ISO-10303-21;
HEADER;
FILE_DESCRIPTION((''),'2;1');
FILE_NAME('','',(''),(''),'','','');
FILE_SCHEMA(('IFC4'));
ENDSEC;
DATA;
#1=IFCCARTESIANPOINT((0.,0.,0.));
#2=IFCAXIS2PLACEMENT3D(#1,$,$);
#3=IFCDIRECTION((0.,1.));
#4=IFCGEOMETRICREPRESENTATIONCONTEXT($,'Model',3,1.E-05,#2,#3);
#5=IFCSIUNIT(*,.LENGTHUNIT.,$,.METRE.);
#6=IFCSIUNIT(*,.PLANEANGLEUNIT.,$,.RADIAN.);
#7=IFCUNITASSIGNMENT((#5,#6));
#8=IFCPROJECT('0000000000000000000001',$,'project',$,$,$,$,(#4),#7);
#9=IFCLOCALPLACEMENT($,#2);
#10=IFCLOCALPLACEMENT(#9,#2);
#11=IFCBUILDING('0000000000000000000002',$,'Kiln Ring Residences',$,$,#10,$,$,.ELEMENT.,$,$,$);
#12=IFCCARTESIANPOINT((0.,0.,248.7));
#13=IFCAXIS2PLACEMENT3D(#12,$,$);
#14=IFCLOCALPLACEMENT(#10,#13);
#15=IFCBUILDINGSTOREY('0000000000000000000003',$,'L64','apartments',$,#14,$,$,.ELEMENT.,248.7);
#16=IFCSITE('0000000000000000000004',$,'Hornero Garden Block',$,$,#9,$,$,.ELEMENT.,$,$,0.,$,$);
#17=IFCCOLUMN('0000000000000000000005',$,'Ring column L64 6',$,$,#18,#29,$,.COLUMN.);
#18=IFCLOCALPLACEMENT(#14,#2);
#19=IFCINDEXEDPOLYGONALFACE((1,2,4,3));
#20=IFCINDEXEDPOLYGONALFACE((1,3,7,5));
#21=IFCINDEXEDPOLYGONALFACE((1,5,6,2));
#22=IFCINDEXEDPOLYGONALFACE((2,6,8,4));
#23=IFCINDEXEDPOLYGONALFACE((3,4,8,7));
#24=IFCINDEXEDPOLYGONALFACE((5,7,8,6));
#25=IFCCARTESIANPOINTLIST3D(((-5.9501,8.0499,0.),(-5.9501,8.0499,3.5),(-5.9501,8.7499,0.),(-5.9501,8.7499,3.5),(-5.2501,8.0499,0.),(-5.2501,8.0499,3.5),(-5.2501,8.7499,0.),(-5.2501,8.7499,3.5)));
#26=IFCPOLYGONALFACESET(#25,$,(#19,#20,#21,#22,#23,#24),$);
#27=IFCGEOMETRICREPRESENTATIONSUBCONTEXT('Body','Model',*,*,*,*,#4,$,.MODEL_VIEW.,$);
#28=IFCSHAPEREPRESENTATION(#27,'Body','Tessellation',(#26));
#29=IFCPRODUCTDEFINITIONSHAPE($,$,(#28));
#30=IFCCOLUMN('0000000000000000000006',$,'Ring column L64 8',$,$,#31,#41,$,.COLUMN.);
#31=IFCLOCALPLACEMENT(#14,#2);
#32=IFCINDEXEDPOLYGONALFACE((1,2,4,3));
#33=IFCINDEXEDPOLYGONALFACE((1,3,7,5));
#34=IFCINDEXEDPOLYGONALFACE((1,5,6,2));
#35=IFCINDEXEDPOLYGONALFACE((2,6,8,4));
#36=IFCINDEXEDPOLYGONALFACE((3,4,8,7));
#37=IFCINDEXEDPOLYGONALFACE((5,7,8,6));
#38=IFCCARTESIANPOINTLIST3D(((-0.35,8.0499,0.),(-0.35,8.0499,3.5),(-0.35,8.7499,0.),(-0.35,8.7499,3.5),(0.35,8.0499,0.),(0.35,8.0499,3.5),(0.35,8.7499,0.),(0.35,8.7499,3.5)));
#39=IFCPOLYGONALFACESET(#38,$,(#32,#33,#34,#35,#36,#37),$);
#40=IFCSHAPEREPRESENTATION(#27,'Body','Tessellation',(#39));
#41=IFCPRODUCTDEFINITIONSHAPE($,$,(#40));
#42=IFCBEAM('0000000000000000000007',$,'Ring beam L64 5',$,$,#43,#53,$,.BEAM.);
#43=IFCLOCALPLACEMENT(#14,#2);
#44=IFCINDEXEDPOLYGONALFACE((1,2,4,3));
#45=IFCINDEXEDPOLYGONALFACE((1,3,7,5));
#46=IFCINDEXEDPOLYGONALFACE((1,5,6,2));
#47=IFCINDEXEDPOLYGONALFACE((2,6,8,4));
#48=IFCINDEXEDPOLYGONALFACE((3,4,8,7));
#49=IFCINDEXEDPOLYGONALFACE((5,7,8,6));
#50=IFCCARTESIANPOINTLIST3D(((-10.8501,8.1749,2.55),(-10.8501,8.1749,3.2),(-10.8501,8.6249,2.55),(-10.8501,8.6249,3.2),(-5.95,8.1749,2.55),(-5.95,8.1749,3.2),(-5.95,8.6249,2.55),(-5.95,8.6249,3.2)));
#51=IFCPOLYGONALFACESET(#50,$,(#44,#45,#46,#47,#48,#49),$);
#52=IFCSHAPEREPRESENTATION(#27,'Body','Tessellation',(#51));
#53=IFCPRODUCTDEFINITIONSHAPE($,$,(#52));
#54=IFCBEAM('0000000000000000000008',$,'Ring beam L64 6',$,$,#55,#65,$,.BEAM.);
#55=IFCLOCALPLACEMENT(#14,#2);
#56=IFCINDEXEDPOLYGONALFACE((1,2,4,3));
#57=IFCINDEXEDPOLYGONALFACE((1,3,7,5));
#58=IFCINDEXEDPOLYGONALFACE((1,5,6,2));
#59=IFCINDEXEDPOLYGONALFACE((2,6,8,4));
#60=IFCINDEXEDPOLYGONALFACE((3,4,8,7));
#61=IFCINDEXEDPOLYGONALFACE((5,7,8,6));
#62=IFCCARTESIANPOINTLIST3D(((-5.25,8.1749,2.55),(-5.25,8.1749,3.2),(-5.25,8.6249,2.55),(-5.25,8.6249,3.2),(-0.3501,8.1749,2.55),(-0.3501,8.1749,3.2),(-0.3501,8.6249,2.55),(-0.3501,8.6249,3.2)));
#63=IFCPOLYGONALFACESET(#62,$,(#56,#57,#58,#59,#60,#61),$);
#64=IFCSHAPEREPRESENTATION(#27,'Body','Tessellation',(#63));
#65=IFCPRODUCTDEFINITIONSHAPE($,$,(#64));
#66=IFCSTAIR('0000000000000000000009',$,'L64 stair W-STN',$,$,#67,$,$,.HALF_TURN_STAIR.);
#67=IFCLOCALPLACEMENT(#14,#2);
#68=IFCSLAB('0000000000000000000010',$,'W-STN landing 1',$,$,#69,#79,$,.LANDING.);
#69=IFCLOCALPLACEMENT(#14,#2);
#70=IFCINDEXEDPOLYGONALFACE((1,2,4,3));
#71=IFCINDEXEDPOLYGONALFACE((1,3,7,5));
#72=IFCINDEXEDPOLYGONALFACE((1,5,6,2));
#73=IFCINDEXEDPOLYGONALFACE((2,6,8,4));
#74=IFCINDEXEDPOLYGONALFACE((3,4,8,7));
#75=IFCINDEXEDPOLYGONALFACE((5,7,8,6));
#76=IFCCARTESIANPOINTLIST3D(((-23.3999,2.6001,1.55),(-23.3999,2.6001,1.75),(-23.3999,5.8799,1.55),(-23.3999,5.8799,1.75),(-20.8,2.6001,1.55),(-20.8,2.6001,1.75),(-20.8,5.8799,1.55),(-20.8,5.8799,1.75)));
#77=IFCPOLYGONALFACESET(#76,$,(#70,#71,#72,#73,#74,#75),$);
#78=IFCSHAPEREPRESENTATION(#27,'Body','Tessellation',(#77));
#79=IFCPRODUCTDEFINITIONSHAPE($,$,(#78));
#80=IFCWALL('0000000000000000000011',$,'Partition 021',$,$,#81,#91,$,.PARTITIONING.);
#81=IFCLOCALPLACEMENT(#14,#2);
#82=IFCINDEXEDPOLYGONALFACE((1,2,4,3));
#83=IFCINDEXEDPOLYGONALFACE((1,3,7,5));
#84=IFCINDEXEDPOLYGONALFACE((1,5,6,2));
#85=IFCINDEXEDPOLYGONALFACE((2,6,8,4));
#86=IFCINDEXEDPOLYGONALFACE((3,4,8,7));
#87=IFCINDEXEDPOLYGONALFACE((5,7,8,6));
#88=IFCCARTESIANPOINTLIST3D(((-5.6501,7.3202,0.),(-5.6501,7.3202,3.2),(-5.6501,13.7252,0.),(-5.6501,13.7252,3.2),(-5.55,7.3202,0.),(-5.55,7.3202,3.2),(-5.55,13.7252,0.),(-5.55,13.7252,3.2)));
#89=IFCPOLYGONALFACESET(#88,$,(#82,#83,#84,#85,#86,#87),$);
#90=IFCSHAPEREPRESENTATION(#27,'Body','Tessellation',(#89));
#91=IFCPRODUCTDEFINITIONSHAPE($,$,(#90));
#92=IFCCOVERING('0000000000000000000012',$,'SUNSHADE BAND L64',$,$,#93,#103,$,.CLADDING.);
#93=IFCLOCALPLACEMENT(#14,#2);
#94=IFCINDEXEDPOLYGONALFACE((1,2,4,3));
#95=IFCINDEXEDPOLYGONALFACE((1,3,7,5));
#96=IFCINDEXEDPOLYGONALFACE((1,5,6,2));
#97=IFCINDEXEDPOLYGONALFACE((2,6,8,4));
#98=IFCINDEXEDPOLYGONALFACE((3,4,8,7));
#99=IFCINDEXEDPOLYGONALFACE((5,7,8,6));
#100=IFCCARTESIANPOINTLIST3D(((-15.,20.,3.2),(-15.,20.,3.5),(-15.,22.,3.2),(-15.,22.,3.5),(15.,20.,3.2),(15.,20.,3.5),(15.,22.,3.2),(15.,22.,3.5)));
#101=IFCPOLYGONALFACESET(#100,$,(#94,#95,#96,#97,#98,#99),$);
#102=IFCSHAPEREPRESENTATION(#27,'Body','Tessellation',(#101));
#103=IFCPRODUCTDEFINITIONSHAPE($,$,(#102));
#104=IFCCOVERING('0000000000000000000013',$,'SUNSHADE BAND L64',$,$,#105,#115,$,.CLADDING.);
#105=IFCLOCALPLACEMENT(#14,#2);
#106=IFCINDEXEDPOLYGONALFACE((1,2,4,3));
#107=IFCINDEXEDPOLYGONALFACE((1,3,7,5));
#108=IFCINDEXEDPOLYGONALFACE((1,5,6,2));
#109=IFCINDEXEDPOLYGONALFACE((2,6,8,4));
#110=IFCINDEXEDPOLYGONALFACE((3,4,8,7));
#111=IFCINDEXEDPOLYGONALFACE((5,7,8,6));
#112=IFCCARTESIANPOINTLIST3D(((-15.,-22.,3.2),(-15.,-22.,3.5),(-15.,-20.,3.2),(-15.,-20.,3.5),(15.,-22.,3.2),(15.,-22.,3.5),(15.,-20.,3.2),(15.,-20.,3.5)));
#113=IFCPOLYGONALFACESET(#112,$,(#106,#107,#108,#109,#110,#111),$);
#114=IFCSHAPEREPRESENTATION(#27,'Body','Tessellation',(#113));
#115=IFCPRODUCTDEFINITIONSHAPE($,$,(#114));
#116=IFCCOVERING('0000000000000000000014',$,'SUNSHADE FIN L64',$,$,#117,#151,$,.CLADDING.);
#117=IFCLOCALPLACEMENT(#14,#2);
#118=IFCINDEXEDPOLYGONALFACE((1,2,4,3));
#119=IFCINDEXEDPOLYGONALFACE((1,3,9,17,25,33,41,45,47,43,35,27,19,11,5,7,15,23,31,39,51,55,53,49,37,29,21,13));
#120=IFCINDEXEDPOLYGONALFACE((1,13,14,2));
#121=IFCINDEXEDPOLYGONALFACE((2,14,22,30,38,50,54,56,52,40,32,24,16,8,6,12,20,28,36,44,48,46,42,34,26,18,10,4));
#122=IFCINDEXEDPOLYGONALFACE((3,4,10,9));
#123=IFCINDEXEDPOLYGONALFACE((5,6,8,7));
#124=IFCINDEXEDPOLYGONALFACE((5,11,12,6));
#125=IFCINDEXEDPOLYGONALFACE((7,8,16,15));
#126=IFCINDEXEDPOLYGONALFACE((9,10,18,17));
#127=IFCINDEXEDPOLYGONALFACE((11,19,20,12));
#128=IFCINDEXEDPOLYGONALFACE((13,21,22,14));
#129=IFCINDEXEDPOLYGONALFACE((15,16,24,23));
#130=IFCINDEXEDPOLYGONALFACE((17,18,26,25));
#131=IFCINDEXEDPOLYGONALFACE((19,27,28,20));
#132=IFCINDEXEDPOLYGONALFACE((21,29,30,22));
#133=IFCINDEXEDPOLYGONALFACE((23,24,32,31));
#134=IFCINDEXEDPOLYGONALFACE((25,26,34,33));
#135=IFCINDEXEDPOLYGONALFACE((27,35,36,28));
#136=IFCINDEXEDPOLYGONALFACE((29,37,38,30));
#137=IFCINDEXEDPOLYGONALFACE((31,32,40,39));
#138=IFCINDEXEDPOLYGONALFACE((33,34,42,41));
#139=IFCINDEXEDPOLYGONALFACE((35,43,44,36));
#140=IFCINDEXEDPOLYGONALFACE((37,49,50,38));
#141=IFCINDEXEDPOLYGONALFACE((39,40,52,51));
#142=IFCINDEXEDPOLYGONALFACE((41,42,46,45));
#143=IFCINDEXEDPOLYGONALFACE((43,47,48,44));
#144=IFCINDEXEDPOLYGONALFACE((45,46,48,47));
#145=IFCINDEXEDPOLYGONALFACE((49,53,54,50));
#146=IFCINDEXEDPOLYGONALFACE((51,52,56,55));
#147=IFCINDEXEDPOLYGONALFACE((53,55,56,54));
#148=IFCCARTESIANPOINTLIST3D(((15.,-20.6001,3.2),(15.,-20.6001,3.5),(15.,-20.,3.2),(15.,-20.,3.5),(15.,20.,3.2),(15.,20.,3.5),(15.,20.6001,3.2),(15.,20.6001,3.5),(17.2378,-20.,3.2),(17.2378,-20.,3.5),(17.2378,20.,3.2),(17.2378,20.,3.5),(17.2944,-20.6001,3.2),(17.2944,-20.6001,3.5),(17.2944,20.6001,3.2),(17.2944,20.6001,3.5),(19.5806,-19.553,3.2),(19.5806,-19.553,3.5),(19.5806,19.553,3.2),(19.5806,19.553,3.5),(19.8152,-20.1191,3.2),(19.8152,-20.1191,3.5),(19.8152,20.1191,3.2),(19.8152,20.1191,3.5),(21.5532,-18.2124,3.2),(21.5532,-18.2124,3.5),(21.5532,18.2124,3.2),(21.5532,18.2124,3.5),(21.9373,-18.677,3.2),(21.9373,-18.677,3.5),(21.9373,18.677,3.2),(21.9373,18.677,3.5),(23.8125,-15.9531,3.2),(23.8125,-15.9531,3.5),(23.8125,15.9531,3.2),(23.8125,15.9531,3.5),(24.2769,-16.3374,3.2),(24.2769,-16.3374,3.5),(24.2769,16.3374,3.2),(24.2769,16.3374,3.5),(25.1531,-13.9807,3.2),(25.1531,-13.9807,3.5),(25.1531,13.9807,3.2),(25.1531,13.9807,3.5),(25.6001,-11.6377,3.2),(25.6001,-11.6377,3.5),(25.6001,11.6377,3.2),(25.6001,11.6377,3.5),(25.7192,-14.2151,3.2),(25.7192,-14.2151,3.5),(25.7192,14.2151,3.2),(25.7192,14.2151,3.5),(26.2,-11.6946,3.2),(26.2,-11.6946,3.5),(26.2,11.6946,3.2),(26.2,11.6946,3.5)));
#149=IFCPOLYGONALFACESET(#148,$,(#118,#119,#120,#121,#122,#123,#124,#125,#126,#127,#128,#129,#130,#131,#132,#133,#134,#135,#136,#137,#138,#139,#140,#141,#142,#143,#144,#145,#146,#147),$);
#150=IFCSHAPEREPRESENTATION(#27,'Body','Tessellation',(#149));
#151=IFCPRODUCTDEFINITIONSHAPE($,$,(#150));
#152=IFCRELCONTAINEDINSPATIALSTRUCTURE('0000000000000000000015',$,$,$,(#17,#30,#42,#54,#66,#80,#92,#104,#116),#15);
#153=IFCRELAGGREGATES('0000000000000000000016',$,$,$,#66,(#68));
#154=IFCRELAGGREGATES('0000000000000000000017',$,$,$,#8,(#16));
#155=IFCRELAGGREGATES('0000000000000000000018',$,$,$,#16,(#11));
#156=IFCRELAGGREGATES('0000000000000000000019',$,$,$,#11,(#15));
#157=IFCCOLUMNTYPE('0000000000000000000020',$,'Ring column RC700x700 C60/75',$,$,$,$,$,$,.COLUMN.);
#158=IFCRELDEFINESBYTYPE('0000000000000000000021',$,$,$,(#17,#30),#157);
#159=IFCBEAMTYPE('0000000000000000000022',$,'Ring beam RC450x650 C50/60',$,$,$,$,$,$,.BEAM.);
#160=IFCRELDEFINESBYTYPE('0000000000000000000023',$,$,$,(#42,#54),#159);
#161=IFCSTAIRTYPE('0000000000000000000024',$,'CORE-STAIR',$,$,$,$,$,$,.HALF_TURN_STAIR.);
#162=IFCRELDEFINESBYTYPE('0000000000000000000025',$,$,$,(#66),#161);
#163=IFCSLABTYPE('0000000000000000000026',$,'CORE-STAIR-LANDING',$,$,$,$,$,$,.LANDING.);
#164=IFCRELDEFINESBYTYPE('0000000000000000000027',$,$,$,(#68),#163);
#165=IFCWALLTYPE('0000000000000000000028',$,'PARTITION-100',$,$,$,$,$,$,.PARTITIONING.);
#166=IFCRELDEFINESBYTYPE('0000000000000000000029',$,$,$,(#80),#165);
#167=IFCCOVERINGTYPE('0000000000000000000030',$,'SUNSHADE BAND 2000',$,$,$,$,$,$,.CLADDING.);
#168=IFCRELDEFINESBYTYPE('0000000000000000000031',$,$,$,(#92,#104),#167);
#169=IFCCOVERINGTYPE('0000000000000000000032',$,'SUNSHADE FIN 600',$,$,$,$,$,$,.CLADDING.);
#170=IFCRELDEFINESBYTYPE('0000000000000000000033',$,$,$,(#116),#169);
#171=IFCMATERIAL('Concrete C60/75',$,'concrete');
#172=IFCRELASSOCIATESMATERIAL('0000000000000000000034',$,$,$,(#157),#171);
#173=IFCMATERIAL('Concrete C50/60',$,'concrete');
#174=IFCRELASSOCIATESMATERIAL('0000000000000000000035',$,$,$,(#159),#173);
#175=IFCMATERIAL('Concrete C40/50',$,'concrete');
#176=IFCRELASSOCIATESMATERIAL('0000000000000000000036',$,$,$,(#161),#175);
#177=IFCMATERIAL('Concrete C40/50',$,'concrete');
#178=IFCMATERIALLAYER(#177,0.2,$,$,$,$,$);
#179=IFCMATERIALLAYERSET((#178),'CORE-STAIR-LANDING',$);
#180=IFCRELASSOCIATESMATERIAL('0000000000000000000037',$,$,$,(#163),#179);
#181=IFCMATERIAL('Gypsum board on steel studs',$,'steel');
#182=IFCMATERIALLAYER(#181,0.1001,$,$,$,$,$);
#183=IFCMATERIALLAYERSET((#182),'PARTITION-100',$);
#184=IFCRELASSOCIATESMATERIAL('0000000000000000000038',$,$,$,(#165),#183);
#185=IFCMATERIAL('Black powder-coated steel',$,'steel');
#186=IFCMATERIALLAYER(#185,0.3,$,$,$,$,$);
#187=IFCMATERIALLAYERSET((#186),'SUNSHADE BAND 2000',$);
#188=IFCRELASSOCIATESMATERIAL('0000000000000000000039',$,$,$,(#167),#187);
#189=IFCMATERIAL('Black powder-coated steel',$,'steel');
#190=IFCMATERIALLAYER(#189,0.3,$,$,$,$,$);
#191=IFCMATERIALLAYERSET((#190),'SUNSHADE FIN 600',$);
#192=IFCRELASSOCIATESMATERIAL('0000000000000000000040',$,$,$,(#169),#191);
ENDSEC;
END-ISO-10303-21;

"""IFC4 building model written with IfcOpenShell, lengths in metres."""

from ifc_helpers import new_model, si_unit, direction, frame, frame_2d, origin, origin_2d, place, context, subcontext, project, spatial, polyline, rectangle, outline, extrude, material, layer, layer_set, material_profile, profile_set, type_object, element, aggregate, save


model = new_model("IFC4")

# Units and contexts
model_context = context("Model", 3, precision=1e-05, world=origin(), true_north=direction((0.0, 1.0)))
body_context = subcontext(model_context, "Body", "Model", "MODEL_VIEW")
ifc_project = project(units=[si_unit("LENGTHUNIT", "METRE"), si_unit("PLANEANGLEUNIT", "RADIAN")], contexts=[model_context])

# Site, building, storey
site_placement = place(None, origin())
site = spatial("IfcSite", under=ifc_project, at=site_placement, Name="Hornero Garden Block", CompositionType="ELEMENT", RefElevation=0.0)
building_placement = place(site_placement, origin())
building = spatial("IfcBuilding", under=site, at=building_placement, Name="Kiln Ring Residences", CompositionType="ELEMENT")
storey_placement = place(building_placement, frame((0.0, 0.0, 248.7)))
storey = spatial("IfcBuildingStorey", under=building, at=storey_placement, Name="L64", Description="apartments", CompositionType="ELEMENT", Elevation=248.7)

# Columns
ifc_material_1 = material(Name="Concrete C60/75", Category="concrete")
ifc_material_profile_1 = material_profile(ifc_material_1, rectangle(XDim=0.7, YDim=0.7, at=origin_2d()), Name="RC700x700")
ifc_profile_set_1 = profile_set([ifc_material_profile_1], Name="Concrete C60/75")
column_type = type_object("IfcColumnType", Name="Ring column RC700x700 C60/75", PredefinedType="COLUMN", material=ifc_profile_set_1)
for number, where, z_axis, x_axis, name in (
    (1, (-5.6001, 8.3999, 0.0), (0.0, 0.0, 1.0), (1.0, 0.0, 0.0), "Ring column L64 6"),
    (2, (0.0, 8.3999, 0.0), (0.0, 0.0, 1.0), (1.0, 0.0, 0.0), "Ring column L64 8"),
):
    element("IfcColumn", number, at=place(storey_placement, frame(where, z_axis=z_axis, x_axis=x_axis)), inside=storey, type_object=column_type, Name=name, PredefinedType="COLUMN", context=body_context, shape_type="SweptSolid", body=[
        extrude(rectangle(XDim=0.7, YDim=0.7, at=origin_2d()), origin(), (0.0, 0.0, 1.0), 3.5),
    ])

# Beams
ifc_material_2 = material(Name="Concrete C50/60", Category="concrete")
ifc_material_profile_2 = material_profile(ifc_material_2, rectangle(XDim=0.45, YDim=0.6499, at=origin_2d()), Name="RC450x650")
ifc_profile_set_2 = profile_set([ifc_material_profile_2], Name="Concrete C50/60")
beam_type = type_object("IfcBeamType", Name="Ring beam RC450x650 C50/60", PredefinedType="BEAM", material=ifc_profile_set_2)
beam_1_placement = place(storey_placement, frame((-10.8501, 8.3999, 2.875), z_axis=(1.0, 0.0, 0.0), x_axis=(0.0, 1.0, 0.0)))
element("IfcBeam", 3, at=beam_1_placement, inside=storey, type_object=beam_type, Name="Ring beam L64 5", PredefinedType="BEAM", context=body_context, shape_type="SweptSolid", body=[
    extrude(rectangle(XDim=0.45, YDim=0.6499, at=origin_2d()), origin(), (0.0, 0.0, 1.0), 4.9001),
])
beam_2_placement = place(storey_placement, frame((-5.25, 8.3999, 2.875), z_axis=(1.0, 0.0, 0.0), x_axis=(0.0, 1.0, 0.0)))
element("IfcBeam", 4, at=beam_2_placement, inside=storey, type_object=beam_type, Name="Ring beam L64 6", PredefinedType="BEAM", context=body_context, shape_type="SweptSolid", body=[
    extrude(rectangle(XDim=0.45, YDim=0.6499, at=origin_2d()), origin(), (0.0, 0.0, 1.0), 4.8999),
])

# Stair, slab
ifc_material_3 = material(Name="Concrete C40/50", Category="concrete")
stair_type = type_object("IfcStairType", Name="CORE-STAIR", PredefinedType="HALF_TURN_STAIR", material=ifc_material_3)
stair_placement = place(storey_placement, origin())
stair = element("IfcStair", 5, at=stair_placement, inside=storey, type_object=stair_type, Name="L64 stair W-STN", PredefinedType="HALF_TURN_STAIR")
ifc_material_4 = material(Name="Concrete C40/50", Category="concrete")
ifc_layer_1 = layer(ifc_material_4, 0.2)
ifc_layer_set_1 = layer_set([ifc_layer_1], Name="CORE-STAIR-LANDING")
slab_type = type_object("IfcSlabType", Name="CORE-STAIR-LANDING", PredefinedType="LANDING", material=ifc_layer_set_1)
slab_placement = place(storey_placement, frame((0.0, 0.0, 1.55)))
slab = element("IfcSlab", 6, at=slab_placement, type_object=slab_type, Name="W-STN landing 1", PredefinedType="LANDING", context=body_context, shape_type="SweptSolid", body=[
    extrude(outline(polyline([(-23.3999, 5.8799), (-23.3999, 2.6001), (-20.8, 2.6001), (-20.8, 5.8799), (-23.3999, 5.8799)])), origin(), (0.0, 0.0, 1.0), 0.2),
])
aggregate(stair, [slab])

# Wall
ifc_material_5 = material(Name="Gypsum board on steel studs", Category="steel")
ifc_layer_2 = layer(ifc_material_5, 0.1001)
ifc_layer_set_2 = layer_set([ifc_layer_2], Name="PARTITION-100")
wall_type = type_object("IfcWallType", Name="PARTITION-100", PredefinedType="PARTITIONING", material=ifc_layer_set_2)
wall_placement = place(storey_placement, frame((-5.6001, 7.3201, 0.0), z_axis=(0.0, 0.0, 1.0), x_axis=(0.0, 1.0, 0.0)))
element("IfcWall", 7, at=wall_placement, inside=storey, type_object=wall_type, Name="Partition 021", PredefinedType="PARTITIONING", context=body_context, shape_type="SweptSolid", body=[
    extrude(rectangle(XDim=6.405, YDim=0.1001, at=frame_2d((3.2026, 0.0))), origin(), (0.0, 0.0, 1.0), 3.2),
])

# Coverings
ifc_material_6 = material(Name="Black powder-coated steel", Category="steel")
ifc_layer_3 = layer(ifc_material_6, 0.3)
ifc_layer_set_3 = layer_set([ifc_layer_3], Name="SUNSHADE BAND 2000")
covering_type_1 = type_object("IfcCoveringType", Name="SUNSHADE BAND 2000", PredefinedType="CLADDING", material=ifc_layer_set_3)
placement = place(storey_placement, frame((0.0, 0.0, 3.2)))
element("IfcCovering", 8, at=placement, inside=storey, type_object=covering_type_1, Name="SUNSHADE BAND L64", PredefinedType="CLADDING", context=body_context, shape_type="SweptSolid", body=[
    extrude(outline(polyline([(15.0, 22.0), (-15.0, 22.0), (-15.0, 20.0), (15.0, 20.0), (15.0, 22.0)])), origin(), (0.0, 0.0, 1.0), 0.3),
])
element("IfcCovering", 9, at=placement, inside=storey, type_object=covering_type_1, Name="SUNSHADE BAND L64", PredefinedType="CLADDING", context=body_context, shape_type="SweptSolid", body=[
    extrude(outline(polyline([(-15.0, -22.0), (15.0, -22.0), (15.0, -20.0), (-15.0, -20.0), (-15.0, -22.0)])), origin(), (0.0, 0.0, 1.0), 0.3),
])
ifc_material_7 = material(Name="Black powder-coated steel", Category="steel")
ifc_layer_4 = layer(ifc_material_7, 0.3)
ifc_layer_set_4 = layer_set([ifc_layer_4], Name="SUNSHADE FIN 600")
covering_type_2 = type_object("IfcCoveringType", Name="SUNSHADE FIN 600", PredefinedType="CLADDING", material=ifc_layer_set_4)
element("IfcCovering", 10, at=placement, inside=storey, type_object=covering_type_2, Name="SUNSHADE FIN L64", PredefinedType="CLADDING", context=body_context, shape_type="SweptSolid", body=[
    extrude(outline(polyline([(17.2944, 20.6001), (15.0, 20.6001), (15.0, 20.0), (17.2378, 20.0), (19.5806, 19.553), (21.5532, 18.2124), (23.8125, 15.9531), (25.1531, 13.9807), (25.6001, 11.6377), (25.6001, -11.6377), (25.1531, -13.9807), (23.8125, -15.9531), (21.5532, -18.2124), (19.5806, -19.553), (17.2378, -20.0), (15.0, -20.0), (15.0, -20.6001), (17.2944, -20.6001), (19.8152, -20.1191), (21.9373, -18.677), (24.2769, -16.3374), (25.7192, -14.2151), (26.2, -11.6946), (26.2, 11.6946), (25.7192, 14.2151), (24.2769, 16.3374), (21.9373, 18.677), (19.8152, 20.1191), (17.2944, 20.6001)])), origin(), (0.0, 0.0, 1.0), 0.3),
])

save(model, "model.ifc")
